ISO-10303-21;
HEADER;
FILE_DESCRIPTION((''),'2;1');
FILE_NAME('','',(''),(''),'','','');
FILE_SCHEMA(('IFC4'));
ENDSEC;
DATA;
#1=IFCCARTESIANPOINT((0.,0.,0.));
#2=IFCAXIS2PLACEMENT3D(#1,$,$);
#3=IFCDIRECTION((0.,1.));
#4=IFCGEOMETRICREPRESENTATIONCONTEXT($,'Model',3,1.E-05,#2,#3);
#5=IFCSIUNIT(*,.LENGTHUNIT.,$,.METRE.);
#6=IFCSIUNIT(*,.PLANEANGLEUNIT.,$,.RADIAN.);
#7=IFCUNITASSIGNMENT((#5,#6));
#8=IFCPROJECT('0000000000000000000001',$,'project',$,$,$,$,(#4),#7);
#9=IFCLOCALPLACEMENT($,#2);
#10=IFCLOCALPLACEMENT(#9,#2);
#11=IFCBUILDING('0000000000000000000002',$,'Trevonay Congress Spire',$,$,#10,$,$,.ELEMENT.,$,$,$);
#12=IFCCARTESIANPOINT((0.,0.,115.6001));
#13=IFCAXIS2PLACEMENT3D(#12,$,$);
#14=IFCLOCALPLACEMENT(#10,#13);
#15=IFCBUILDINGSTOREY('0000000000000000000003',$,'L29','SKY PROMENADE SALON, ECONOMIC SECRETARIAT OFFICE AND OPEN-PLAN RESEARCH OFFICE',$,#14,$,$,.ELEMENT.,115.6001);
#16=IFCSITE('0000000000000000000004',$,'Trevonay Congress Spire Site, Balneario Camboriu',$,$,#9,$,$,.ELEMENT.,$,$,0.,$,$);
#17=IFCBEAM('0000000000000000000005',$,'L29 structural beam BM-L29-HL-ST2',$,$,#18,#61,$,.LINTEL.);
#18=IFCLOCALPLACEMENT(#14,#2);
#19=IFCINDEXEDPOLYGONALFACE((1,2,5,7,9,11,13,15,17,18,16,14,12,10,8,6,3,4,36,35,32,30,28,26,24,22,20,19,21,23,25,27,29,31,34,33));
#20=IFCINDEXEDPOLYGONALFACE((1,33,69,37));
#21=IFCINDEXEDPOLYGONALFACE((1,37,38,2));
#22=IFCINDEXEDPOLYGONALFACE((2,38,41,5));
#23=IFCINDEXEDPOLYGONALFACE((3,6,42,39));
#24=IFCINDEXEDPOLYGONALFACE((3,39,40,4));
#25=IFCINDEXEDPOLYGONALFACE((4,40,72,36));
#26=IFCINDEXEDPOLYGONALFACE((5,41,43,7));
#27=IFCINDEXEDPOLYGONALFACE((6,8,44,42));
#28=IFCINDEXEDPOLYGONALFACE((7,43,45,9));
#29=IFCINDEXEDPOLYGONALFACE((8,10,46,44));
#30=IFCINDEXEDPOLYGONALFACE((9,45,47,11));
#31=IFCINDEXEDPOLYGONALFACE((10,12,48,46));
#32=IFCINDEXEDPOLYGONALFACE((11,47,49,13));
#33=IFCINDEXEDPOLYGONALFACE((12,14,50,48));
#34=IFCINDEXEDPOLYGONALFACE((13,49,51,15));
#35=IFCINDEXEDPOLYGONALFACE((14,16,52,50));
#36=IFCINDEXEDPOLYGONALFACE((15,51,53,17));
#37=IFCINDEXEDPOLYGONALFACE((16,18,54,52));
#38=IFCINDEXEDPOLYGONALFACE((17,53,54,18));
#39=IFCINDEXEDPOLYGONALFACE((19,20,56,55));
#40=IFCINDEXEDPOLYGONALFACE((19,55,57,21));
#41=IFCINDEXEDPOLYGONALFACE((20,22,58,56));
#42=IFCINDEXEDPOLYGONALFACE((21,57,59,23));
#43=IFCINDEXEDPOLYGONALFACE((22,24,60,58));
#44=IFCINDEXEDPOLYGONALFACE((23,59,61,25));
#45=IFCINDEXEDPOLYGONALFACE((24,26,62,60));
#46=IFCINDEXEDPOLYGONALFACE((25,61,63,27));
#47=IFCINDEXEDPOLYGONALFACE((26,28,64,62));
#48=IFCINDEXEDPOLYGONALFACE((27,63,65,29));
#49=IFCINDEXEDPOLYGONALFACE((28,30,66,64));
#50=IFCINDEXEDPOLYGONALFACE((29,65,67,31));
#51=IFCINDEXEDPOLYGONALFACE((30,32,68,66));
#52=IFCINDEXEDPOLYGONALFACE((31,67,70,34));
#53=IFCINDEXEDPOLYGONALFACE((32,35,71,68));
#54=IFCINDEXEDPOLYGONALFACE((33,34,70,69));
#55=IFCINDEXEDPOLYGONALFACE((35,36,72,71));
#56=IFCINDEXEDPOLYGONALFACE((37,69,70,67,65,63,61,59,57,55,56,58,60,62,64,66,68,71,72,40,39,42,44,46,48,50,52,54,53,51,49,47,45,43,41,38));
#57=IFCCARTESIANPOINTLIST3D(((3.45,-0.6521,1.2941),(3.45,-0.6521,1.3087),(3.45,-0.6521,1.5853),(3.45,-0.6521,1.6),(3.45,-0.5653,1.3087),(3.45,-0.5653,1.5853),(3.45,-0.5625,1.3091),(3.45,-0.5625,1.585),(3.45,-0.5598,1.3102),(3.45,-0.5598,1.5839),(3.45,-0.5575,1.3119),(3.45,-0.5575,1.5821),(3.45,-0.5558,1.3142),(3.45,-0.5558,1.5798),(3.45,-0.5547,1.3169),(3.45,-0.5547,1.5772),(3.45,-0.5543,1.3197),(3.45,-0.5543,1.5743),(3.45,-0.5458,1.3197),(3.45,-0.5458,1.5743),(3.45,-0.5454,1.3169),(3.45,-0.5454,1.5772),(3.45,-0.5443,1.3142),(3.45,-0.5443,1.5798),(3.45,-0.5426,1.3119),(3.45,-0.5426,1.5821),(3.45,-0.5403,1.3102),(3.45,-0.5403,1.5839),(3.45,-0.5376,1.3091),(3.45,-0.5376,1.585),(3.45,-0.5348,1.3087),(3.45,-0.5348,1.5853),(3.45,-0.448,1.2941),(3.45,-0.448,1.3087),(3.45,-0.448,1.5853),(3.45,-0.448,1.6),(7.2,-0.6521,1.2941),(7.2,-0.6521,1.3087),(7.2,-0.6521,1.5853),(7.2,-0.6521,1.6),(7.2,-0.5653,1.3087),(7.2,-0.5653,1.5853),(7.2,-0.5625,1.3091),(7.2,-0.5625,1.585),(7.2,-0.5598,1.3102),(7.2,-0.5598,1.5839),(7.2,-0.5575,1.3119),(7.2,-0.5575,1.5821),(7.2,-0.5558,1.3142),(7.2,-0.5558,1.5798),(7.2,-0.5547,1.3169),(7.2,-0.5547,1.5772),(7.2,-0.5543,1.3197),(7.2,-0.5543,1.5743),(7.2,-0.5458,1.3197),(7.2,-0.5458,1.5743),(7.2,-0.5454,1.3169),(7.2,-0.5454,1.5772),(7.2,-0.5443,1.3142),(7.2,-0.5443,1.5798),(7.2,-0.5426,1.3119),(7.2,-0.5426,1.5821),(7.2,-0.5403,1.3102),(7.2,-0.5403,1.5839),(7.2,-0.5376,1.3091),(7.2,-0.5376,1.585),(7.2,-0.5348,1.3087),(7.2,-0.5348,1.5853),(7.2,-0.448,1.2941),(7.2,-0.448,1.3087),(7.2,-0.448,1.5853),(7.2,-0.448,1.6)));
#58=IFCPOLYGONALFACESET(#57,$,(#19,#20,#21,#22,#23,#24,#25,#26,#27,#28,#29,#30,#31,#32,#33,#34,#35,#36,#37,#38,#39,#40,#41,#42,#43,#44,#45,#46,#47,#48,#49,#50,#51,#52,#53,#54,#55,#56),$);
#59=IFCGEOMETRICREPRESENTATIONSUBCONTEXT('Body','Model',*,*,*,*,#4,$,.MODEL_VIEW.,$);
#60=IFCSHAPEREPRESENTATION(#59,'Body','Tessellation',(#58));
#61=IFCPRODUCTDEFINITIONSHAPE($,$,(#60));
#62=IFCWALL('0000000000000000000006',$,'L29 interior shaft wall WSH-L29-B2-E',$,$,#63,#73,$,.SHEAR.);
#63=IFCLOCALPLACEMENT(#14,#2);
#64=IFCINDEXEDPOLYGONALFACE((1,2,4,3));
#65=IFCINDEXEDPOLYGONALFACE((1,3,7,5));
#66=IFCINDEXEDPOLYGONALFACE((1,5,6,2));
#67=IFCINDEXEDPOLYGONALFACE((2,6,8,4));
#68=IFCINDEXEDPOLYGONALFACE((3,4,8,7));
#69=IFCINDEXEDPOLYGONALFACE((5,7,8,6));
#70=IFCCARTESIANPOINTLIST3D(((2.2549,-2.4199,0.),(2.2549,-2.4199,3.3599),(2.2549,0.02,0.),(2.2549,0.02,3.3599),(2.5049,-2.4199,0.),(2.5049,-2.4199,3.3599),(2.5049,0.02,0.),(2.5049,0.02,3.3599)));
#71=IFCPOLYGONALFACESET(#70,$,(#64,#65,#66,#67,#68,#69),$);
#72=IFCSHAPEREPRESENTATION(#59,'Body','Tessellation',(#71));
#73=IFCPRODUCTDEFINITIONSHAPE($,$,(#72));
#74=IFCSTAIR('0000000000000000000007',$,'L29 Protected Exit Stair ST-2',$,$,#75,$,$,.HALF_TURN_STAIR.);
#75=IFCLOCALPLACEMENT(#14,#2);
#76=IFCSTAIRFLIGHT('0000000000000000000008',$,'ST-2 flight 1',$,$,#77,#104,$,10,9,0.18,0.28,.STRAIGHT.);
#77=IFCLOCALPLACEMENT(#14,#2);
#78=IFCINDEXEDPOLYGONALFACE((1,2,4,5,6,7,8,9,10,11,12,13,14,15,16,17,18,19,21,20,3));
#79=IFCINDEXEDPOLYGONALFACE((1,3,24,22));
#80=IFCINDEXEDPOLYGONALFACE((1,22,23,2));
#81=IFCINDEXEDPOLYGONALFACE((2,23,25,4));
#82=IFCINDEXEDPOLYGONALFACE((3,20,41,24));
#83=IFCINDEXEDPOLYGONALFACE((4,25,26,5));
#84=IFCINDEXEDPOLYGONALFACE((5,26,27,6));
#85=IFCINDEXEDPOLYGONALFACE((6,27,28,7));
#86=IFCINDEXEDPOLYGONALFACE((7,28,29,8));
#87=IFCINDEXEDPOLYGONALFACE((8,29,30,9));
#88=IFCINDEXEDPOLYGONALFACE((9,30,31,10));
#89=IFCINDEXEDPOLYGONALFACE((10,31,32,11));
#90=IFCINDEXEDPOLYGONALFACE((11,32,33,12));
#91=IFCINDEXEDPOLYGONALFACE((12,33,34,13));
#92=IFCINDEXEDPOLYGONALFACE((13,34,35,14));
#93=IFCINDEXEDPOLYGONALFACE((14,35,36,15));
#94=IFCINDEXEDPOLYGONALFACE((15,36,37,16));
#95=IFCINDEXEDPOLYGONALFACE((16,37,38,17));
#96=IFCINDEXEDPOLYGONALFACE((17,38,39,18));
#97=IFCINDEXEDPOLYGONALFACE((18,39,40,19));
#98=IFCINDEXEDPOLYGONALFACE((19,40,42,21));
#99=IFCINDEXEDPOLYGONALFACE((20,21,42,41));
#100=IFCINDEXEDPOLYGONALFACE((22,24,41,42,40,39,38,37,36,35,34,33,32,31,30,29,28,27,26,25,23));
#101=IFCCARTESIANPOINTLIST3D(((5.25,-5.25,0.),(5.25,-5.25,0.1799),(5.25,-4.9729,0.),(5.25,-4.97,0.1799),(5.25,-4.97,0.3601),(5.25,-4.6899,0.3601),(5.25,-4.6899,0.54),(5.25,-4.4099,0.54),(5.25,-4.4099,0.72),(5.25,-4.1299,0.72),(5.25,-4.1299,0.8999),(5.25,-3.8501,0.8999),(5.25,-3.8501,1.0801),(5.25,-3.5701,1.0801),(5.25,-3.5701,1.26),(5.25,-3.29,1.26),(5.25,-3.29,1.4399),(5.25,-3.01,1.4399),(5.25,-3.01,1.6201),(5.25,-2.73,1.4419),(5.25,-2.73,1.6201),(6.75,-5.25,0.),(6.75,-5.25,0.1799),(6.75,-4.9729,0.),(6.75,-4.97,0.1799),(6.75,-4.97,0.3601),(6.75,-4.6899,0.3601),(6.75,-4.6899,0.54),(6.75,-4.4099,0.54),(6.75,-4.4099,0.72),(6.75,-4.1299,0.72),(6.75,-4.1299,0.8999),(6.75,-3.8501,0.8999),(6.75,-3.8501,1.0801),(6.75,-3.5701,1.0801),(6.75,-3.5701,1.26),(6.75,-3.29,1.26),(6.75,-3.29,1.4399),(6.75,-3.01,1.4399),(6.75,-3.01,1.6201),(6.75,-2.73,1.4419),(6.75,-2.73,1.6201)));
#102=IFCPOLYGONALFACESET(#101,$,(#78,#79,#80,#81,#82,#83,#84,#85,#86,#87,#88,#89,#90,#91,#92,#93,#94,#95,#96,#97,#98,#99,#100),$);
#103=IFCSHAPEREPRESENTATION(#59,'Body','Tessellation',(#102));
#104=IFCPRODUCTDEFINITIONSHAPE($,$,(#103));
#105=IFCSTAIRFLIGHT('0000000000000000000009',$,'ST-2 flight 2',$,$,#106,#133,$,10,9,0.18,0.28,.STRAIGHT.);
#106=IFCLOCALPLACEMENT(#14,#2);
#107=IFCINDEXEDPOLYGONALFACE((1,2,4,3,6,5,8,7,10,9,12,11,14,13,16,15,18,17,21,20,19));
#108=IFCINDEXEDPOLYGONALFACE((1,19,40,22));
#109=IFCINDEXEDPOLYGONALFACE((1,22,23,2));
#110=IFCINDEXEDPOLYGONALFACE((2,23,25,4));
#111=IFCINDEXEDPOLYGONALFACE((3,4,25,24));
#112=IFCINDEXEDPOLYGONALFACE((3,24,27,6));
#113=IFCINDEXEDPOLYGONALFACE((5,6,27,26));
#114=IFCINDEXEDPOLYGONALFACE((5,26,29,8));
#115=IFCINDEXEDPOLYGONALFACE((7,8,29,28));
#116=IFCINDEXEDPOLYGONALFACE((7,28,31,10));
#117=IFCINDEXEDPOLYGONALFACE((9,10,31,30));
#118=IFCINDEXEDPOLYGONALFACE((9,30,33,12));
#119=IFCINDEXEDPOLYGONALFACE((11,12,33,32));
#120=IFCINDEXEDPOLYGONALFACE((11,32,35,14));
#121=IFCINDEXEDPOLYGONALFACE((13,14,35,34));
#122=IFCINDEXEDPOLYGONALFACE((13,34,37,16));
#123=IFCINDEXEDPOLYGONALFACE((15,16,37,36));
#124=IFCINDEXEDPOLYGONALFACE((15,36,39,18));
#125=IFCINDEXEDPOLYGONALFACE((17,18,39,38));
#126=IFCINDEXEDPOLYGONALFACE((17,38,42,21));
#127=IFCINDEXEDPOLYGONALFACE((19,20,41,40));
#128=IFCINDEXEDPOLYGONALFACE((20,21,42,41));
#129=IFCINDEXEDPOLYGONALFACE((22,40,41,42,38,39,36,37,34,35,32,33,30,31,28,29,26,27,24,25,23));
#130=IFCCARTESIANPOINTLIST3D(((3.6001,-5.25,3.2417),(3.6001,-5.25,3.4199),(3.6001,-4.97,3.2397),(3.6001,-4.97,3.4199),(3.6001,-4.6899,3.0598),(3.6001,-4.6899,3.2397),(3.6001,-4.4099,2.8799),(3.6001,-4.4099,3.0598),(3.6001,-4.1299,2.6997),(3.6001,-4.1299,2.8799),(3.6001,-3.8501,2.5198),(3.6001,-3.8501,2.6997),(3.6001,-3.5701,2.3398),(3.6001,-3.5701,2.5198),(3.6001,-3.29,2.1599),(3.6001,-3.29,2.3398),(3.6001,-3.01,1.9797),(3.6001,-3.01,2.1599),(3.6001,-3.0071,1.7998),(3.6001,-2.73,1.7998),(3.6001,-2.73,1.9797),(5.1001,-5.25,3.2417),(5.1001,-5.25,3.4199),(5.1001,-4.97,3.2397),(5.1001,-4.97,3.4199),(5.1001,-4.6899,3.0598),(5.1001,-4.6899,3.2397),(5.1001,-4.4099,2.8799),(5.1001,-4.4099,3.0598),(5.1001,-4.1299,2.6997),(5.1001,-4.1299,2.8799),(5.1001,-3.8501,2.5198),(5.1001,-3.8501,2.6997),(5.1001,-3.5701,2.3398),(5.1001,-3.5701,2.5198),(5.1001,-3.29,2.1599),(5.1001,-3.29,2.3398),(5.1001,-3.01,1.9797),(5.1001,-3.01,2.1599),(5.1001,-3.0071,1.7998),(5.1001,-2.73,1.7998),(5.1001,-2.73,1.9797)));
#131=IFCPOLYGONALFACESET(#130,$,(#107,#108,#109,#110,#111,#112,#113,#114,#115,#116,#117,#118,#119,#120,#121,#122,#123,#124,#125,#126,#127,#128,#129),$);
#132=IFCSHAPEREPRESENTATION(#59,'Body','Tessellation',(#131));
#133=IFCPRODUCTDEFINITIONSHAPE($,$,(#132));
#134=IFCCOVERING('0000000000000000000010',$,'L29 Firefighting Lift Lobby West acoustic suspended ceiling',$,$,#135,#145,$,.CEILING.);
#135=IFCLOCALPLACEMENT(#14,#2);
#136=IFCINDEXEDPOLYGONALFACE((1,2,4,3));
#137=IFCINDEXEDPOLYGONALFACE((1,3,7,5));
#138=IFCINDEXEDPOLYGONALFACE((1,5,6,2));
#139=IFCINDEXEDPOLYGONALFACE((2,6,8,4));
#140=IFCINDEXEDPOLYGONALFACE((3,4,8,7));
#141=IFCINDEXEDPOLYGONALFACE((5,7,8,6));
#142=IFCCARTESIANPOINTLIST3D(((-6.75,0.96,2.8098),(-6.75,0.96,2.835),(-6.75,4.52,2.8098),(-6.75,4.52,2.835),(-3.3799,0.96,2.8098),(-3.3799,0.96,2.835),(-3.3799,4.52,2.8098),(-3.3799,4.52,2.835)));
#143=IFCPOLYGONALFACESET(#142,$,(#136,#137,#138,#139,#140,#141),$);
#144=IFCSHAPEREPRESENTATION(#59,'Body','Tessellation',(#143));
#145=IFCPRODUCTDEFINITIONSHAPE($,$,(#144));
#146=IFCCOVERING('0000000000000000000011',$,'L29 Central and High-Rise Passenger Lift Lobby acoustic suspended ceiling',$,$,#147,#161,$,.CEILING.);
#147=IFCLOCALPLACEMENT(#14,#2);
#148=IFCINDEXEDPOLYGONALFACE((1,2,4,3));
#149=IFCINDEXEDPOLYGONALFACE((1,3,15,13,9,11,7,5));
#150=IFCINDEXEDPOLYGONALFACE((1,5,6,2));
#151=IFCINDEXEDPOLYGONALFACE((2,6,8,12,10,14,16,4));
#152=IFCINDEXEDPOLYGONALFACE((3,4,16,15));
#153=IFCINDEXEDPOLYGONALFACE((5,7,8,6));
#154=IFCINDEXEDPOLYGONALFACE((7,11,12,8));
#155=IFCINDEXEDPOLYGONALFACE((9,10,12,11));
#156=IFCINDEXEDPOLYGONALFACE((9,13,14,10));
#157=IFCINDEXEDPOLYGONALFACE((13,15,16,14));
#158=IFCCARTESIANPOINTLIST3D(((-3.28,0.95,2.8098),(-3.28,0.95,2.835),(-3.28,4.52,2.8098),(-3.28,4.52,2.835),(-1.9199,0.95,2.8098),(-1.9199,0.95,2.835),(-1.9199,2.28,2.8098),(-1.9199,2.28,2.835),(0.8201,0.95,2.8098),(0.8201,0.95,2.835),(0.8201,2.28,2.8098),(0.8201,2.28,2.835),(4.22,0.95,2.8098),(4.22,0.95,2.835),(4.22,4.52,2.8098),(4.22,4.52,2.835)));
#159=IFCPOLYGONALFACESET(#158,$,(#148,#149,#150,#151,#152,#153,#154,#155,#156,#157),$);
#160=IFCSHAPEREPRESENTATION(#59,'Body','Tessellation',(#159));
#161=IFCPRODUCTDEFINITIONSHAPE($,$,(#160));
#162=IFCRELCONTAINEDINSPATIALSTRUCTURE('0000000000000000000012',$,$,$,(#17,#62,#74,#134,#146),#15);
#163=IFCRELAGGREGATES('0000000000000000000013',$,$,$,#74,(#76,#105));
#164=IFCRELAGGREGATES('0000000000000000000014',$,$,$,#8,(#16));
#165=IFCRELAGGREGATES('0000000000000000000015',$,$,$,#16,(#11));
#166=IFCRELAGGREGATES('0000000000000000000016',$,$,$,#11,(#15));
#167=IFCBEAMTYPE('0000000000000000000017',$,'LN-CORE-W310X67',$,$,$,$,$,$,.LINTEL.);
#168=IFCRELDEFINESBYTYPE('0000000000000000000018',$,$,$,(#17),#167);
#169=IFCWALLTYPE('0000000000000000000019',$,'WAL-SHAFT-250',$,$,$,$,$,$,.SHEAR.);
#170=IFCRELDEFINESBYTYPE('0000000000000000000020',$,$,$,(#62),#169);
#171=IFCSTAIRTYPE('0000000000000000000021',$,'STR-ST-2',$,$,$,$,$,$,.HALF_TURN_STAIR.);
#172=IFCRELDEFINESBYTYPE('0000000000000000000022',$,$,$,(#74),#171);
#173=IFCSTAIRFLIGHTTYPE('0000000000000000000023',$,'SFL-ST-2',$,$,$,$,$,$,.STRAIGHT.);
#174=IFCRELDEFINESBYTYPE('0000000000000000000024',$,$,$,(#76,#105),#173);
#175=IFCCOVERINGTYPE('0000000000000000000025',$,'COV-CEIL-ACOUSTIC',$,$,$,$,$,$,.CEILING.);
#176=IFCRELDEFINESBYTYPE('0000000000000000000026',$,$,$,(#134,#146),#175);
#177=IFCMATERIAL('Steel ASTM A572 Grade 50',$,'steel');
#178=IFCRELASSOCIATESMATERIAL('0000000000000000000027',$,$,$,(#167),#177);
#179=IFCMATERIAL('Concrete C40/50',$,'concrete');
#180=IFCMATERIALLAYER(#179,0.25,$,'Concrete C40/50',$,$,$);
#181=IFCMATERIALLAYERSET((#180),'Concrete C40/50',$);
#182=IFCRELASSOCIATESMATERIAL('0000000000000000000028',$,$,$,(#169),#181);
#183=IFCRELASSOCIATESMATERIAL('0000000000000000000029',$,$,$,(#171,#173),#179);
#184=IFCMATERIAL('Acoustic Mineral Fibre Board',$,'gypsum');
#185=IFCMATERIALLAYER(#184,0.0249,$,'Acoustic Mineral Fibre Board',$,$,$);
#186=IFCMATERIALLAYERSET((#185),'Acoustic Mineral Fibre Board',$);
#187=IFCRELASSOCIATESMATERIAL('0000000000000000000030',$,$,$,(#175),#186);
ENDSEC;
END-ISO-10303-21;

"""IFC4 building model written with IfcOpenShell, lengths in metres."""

from ifc_helpers import new_model, si_unit, direction, frame, frame_2d, origin, origin_2d, place, context, subcontext, project, spatial, polyline, rectangle, i_section, outline, extrude, material, layer, layer_set, material_profile, profile_set, type_object, element, aggregate, save


model = new_model("IFC4")

# Units and contexts
model_context = context("Model", 3, precision=1e-05, world=origin(), true_north=direction((0.0, 1.0)))
body_context = subcontext(model_context, "Body", "Model", "MODEL_VIEW")
ifc_project = project(units=[si_unit("LENGTHUNIT", "METRE"), si_unit("PLANEANGLEUNIT", "RADIAN")], contexts=[model_context])

# Site, building, storey
site_placement = place(None, origin())
site = spatial("IfcSite", under=ifc_project, at=site_placement, Name="Trevonay Congress Spire Site, Balneario Camboriu", CompositionType="ELEMENT", RefElevation=0.0)
building_placement = place(site_placement, origin())
building = spatial("IfcBuilding", under=site, at=building_placement, Name="Trevonay Congress Spire", CompositionType="ELEMENT")
storey_placement = place(building_placement, frame((0.0, 0.0, 115.6001)))
storey = spatial("IfcBuildingStorey", under=building, at=storey_placement, Name="L29", Description="SKY PROMENADE SALON, ECONOMIC SECRETARIAT OFFICE AND OPEN-PLAN RESEARCH OFFICE", CompositionType="ELEMENT", Elevation=115.6001)

# Beam
ifc_material_1 = material(Name="Steel ASTM A572 Grade 50", Category="steel")
ifc_material_profile = material_profile(ifc_material_1, i_section(OverallWidth=0.2041, OverallDepth=0.3059, WebThickness=0.0085, FlangeThickness=0.0146, FilletRadius=0.011, at=origin_2d()), Name="W310x67")
ifc_profile_set = profile_set([ifc_material_profile], Name="Steel ASTM A572 Grade 50")
beam_type = type_object("IfcBeamType", Name="LN-CORE-W310X67", PredefinedType="LINTEL", material=ifc_profile_set)
beam_placement = place(storey_placement, frame((3.45, -0.55, 1.447), z_axis=(1.0, 0.0, 0.0), x_axis=(0.0, 1.0, 0.0)))
element("IfcBeam", 1, at=beam_placement, inside=storey, type_object=beam_type, Name="L29 structural beam BM-L29-HL-ST2", PredefinedType="LINTEL", context=body_context, shape_type="SweptSolid", body=[
    extrude(i_section(OverallWidth=0.2041, OverallDepth=0.3059, WebThickness=0.0085, FlangeThickness=0.0146, FilletRadius=0.011, at=origin_2d()), origin(), (0.0, 0.0, 1.0), 3.75),
])

# Wall
ifc_material_2 = material(Name="Concrete C40/50", Category="concrete")
ifc_layer_1 = layer(ifc_material_2, 0.25, Name="Concrete C40/50")
ifc_layer_set_1 = layer_set([ifc_layer_1], Name="Concrete C40/50")
wall_type = type_object("IfcWallType", Name="WAL-SHAFT-250", PredefinedType="SHEAR", material=ifc_layer_set_1)
wall_placement = place(storey_placement, frame((2.3799, -2.4199, 0.0), z_axis=(0.0, 0.0, 1.0), x_axis=(0.0, 1.0, 0.0)))
element("IfcWall", 2, at=wall_placement, inside=storey, type_object=wall_type, Name="L29 interior shaft wall WSH-L29-B2-E", PredefinedType="SHEAR", context=body_context, shape_type="SweptSolid", body=[
    extrude(rectangle(XDim=2.4399, YDim=0.25, at=frame_2d((1.22, 0.0))), origin(), (0.0, 0.0, 1.0), 3.3599),
])

# Stair, stair flights
stair_type = type_object("IfcStairType", Name="STR-ST-2", PredefinedType="HALF_TURN_STAIR", material=ifc_material_2)
stair_placement = place(storey_placement, origin())
stair = element("IfcStair", 3, at=stair_placement, inside=storey, type_object=stair_type, Name="L29 Protected Exit Stair ST-2", PredefinedType="HALF_TURN_STAIR")
stair_flight_type = type_object("IfcStairFlightType", Name="SFL-ST-2", PredefinedType="STRAIGHT", material=ifc_material_2)
stair_flight_1_placement = place(storey_placement, frame((6.0, -5.25, 0.0), z_axis=(0.0, 0.0, 1.0), x_axis=(0.0, 1.0, 0.0)))
stair_flight_1 = element("IfcStairFlight", 4, at=stair_flight_1_placement, type_object=stair_flight_type, Name="ST-2 flight 1", NumberOfRisers=10, NumberOfTreads=9, PredefinedType="STRAIGHT", RiserHeight=0.18, TreadLength=0.28, context=body_context, shape_type="SweptSolid", body=[
    extrude(outline(polyline([(0.0, 0.0), (0.0, 0.1799), (0.28, 0.1799), (0.28, 0.3601), (0.5601, 0.3601), (0.5601, 0.54), (0.8401, 0.54), (0.8401, 0.72), (1.1201, 0.72), (1.1201, 0.8999), (1.3999, 0.8999), (1.3999, 1.0801), (1.6799, 1.0801), (1.6799, 1.26), (1.96, 1.26), (1.96, 1.4399), (2.24, 1.4399), (2.24, 1.6201), (2.52, 1.6201), (2.52, 1.8), (2.52, 1.4419), (0.2771, 0.0), (0.0, 0.0)])), frame((0.0, 0.75, 0.0), z_axis=(0.0, -1.0, 0.0), x_axis=(1.0, 0.0, 0.0)), (0.0, 0.0, 1.0), 1.5),
])
stair_flight_2_placement = place(storey_placement, frame((4.3501, -2.73, 1.7998), z_axis=(0.0, 0.0, 1.0), x_axis=(0.0, -1.0, 0.0)))
stair_flight_2 = element("IfcStairFlight", 5, at=stair_flight_2_placement, type_object=stair_flight_type, Name="ST-2 flight 2", NumberOfRisers=10, NumberOfTreads=9, PredefinedType="STRAIGHT", RiserHeight=0.18, TreadLength=0.28, context=body_context, shape_type="SweptSolid", body=[
    extrude(outline(polyline([(0.0, 0.0), (0.0, 0.1799), (0.28, 0.1799), (0.28, 0.3601), (0.5601, 0.3601), (0.5601, 0.54), (0.8401, 0.54), (0.8401, 0.72), (1.1201, 0.72), (1.1201, 0.8999), (1.3999, 0.8999), (1.3999, 1.0801), (1.6799, 1.0801), (1.6799, 1.26), (1.96, 1.26), (1.96, 1.4399), (2.24, 1.4399), (2.24, 1.6201), (2.52, 1.6201), (2.52, 1.8), (2.52, 1.4419), (0.2771, 0.0), (0.0, 0.0)])), frame((0.0, 0.75, 0.0), z_axis=(0.0, -1.0, 0.0), x_axis=(1.0, 0.0, 0.0)), (0.0, 0.0, 1.0), 1.5),
])
aggregate(stair, [stair_flight_1, stair_flight_2])

# Coverings
ifc_material_3 = material(Name="Acoustic Mineral Fibre Board", Category="gypsum")
ifc_layer_2 = layer(ifc_material_3, 0.0249, Name="Acoustic Mineral Fibre Board")
ifc_layer_set_2 = layer_set([ifc_layer_2], Name="Acoustic Mineral Fibre Board")
covering_type_1 = type_object("IfcCoveringType", Name="COV-CEIL-ACOUSTIC", PredefinedType="CEILING", material=ifc_layer_set_2)
covering_1_placement = place(storey_placement, frame((0.0, 0.0, 2.8098)))
element("IfcCovering", 6, at=covering_1_placement, inside=storey, type_object=covering_type_1, Name="L29 Firefighting Lift Lobby West acoustic suspended ceiling", PredefinedType="CEILING", context=body_context, shape_type="SweptSolid", body=[
    extrude(outline(polyline([(-6.75, 0.96), (-3.3799, 0.96), (-3.3799, 4.52), (-6.75, 4.52), (-6.75, 0.96)])), origin(), (0.0, 0.0, 1.0), 0.0251),
])
covering_2_placement = place(storey_placement, frame((0.0, 0.0, 2.8098)))
element("IfcCovering", 7, at=covering_2_placement, inside=storey, type_object=covering_type_1, Name="L29 Central and High-Rise Passenger Lift Lobby acoustic suspended ceiling", PredefinedType="CEILING", context=body_context, shape_type="SweptSolid", body=[
    extrude(outline(polyline([(-3.28, 0.95), (-1.9199, 0.95), (-1.9199, 2.28), (0.8201, 2.28), (0.8201, 0.95), (4.22, 0.95), (4.22, 4.52), (-3.28, 4.52), (-3.28, 0.95)])), origin(), (0.0, 0.0, 1.0), 0.0251),
])

save(model, "model.ifc")
